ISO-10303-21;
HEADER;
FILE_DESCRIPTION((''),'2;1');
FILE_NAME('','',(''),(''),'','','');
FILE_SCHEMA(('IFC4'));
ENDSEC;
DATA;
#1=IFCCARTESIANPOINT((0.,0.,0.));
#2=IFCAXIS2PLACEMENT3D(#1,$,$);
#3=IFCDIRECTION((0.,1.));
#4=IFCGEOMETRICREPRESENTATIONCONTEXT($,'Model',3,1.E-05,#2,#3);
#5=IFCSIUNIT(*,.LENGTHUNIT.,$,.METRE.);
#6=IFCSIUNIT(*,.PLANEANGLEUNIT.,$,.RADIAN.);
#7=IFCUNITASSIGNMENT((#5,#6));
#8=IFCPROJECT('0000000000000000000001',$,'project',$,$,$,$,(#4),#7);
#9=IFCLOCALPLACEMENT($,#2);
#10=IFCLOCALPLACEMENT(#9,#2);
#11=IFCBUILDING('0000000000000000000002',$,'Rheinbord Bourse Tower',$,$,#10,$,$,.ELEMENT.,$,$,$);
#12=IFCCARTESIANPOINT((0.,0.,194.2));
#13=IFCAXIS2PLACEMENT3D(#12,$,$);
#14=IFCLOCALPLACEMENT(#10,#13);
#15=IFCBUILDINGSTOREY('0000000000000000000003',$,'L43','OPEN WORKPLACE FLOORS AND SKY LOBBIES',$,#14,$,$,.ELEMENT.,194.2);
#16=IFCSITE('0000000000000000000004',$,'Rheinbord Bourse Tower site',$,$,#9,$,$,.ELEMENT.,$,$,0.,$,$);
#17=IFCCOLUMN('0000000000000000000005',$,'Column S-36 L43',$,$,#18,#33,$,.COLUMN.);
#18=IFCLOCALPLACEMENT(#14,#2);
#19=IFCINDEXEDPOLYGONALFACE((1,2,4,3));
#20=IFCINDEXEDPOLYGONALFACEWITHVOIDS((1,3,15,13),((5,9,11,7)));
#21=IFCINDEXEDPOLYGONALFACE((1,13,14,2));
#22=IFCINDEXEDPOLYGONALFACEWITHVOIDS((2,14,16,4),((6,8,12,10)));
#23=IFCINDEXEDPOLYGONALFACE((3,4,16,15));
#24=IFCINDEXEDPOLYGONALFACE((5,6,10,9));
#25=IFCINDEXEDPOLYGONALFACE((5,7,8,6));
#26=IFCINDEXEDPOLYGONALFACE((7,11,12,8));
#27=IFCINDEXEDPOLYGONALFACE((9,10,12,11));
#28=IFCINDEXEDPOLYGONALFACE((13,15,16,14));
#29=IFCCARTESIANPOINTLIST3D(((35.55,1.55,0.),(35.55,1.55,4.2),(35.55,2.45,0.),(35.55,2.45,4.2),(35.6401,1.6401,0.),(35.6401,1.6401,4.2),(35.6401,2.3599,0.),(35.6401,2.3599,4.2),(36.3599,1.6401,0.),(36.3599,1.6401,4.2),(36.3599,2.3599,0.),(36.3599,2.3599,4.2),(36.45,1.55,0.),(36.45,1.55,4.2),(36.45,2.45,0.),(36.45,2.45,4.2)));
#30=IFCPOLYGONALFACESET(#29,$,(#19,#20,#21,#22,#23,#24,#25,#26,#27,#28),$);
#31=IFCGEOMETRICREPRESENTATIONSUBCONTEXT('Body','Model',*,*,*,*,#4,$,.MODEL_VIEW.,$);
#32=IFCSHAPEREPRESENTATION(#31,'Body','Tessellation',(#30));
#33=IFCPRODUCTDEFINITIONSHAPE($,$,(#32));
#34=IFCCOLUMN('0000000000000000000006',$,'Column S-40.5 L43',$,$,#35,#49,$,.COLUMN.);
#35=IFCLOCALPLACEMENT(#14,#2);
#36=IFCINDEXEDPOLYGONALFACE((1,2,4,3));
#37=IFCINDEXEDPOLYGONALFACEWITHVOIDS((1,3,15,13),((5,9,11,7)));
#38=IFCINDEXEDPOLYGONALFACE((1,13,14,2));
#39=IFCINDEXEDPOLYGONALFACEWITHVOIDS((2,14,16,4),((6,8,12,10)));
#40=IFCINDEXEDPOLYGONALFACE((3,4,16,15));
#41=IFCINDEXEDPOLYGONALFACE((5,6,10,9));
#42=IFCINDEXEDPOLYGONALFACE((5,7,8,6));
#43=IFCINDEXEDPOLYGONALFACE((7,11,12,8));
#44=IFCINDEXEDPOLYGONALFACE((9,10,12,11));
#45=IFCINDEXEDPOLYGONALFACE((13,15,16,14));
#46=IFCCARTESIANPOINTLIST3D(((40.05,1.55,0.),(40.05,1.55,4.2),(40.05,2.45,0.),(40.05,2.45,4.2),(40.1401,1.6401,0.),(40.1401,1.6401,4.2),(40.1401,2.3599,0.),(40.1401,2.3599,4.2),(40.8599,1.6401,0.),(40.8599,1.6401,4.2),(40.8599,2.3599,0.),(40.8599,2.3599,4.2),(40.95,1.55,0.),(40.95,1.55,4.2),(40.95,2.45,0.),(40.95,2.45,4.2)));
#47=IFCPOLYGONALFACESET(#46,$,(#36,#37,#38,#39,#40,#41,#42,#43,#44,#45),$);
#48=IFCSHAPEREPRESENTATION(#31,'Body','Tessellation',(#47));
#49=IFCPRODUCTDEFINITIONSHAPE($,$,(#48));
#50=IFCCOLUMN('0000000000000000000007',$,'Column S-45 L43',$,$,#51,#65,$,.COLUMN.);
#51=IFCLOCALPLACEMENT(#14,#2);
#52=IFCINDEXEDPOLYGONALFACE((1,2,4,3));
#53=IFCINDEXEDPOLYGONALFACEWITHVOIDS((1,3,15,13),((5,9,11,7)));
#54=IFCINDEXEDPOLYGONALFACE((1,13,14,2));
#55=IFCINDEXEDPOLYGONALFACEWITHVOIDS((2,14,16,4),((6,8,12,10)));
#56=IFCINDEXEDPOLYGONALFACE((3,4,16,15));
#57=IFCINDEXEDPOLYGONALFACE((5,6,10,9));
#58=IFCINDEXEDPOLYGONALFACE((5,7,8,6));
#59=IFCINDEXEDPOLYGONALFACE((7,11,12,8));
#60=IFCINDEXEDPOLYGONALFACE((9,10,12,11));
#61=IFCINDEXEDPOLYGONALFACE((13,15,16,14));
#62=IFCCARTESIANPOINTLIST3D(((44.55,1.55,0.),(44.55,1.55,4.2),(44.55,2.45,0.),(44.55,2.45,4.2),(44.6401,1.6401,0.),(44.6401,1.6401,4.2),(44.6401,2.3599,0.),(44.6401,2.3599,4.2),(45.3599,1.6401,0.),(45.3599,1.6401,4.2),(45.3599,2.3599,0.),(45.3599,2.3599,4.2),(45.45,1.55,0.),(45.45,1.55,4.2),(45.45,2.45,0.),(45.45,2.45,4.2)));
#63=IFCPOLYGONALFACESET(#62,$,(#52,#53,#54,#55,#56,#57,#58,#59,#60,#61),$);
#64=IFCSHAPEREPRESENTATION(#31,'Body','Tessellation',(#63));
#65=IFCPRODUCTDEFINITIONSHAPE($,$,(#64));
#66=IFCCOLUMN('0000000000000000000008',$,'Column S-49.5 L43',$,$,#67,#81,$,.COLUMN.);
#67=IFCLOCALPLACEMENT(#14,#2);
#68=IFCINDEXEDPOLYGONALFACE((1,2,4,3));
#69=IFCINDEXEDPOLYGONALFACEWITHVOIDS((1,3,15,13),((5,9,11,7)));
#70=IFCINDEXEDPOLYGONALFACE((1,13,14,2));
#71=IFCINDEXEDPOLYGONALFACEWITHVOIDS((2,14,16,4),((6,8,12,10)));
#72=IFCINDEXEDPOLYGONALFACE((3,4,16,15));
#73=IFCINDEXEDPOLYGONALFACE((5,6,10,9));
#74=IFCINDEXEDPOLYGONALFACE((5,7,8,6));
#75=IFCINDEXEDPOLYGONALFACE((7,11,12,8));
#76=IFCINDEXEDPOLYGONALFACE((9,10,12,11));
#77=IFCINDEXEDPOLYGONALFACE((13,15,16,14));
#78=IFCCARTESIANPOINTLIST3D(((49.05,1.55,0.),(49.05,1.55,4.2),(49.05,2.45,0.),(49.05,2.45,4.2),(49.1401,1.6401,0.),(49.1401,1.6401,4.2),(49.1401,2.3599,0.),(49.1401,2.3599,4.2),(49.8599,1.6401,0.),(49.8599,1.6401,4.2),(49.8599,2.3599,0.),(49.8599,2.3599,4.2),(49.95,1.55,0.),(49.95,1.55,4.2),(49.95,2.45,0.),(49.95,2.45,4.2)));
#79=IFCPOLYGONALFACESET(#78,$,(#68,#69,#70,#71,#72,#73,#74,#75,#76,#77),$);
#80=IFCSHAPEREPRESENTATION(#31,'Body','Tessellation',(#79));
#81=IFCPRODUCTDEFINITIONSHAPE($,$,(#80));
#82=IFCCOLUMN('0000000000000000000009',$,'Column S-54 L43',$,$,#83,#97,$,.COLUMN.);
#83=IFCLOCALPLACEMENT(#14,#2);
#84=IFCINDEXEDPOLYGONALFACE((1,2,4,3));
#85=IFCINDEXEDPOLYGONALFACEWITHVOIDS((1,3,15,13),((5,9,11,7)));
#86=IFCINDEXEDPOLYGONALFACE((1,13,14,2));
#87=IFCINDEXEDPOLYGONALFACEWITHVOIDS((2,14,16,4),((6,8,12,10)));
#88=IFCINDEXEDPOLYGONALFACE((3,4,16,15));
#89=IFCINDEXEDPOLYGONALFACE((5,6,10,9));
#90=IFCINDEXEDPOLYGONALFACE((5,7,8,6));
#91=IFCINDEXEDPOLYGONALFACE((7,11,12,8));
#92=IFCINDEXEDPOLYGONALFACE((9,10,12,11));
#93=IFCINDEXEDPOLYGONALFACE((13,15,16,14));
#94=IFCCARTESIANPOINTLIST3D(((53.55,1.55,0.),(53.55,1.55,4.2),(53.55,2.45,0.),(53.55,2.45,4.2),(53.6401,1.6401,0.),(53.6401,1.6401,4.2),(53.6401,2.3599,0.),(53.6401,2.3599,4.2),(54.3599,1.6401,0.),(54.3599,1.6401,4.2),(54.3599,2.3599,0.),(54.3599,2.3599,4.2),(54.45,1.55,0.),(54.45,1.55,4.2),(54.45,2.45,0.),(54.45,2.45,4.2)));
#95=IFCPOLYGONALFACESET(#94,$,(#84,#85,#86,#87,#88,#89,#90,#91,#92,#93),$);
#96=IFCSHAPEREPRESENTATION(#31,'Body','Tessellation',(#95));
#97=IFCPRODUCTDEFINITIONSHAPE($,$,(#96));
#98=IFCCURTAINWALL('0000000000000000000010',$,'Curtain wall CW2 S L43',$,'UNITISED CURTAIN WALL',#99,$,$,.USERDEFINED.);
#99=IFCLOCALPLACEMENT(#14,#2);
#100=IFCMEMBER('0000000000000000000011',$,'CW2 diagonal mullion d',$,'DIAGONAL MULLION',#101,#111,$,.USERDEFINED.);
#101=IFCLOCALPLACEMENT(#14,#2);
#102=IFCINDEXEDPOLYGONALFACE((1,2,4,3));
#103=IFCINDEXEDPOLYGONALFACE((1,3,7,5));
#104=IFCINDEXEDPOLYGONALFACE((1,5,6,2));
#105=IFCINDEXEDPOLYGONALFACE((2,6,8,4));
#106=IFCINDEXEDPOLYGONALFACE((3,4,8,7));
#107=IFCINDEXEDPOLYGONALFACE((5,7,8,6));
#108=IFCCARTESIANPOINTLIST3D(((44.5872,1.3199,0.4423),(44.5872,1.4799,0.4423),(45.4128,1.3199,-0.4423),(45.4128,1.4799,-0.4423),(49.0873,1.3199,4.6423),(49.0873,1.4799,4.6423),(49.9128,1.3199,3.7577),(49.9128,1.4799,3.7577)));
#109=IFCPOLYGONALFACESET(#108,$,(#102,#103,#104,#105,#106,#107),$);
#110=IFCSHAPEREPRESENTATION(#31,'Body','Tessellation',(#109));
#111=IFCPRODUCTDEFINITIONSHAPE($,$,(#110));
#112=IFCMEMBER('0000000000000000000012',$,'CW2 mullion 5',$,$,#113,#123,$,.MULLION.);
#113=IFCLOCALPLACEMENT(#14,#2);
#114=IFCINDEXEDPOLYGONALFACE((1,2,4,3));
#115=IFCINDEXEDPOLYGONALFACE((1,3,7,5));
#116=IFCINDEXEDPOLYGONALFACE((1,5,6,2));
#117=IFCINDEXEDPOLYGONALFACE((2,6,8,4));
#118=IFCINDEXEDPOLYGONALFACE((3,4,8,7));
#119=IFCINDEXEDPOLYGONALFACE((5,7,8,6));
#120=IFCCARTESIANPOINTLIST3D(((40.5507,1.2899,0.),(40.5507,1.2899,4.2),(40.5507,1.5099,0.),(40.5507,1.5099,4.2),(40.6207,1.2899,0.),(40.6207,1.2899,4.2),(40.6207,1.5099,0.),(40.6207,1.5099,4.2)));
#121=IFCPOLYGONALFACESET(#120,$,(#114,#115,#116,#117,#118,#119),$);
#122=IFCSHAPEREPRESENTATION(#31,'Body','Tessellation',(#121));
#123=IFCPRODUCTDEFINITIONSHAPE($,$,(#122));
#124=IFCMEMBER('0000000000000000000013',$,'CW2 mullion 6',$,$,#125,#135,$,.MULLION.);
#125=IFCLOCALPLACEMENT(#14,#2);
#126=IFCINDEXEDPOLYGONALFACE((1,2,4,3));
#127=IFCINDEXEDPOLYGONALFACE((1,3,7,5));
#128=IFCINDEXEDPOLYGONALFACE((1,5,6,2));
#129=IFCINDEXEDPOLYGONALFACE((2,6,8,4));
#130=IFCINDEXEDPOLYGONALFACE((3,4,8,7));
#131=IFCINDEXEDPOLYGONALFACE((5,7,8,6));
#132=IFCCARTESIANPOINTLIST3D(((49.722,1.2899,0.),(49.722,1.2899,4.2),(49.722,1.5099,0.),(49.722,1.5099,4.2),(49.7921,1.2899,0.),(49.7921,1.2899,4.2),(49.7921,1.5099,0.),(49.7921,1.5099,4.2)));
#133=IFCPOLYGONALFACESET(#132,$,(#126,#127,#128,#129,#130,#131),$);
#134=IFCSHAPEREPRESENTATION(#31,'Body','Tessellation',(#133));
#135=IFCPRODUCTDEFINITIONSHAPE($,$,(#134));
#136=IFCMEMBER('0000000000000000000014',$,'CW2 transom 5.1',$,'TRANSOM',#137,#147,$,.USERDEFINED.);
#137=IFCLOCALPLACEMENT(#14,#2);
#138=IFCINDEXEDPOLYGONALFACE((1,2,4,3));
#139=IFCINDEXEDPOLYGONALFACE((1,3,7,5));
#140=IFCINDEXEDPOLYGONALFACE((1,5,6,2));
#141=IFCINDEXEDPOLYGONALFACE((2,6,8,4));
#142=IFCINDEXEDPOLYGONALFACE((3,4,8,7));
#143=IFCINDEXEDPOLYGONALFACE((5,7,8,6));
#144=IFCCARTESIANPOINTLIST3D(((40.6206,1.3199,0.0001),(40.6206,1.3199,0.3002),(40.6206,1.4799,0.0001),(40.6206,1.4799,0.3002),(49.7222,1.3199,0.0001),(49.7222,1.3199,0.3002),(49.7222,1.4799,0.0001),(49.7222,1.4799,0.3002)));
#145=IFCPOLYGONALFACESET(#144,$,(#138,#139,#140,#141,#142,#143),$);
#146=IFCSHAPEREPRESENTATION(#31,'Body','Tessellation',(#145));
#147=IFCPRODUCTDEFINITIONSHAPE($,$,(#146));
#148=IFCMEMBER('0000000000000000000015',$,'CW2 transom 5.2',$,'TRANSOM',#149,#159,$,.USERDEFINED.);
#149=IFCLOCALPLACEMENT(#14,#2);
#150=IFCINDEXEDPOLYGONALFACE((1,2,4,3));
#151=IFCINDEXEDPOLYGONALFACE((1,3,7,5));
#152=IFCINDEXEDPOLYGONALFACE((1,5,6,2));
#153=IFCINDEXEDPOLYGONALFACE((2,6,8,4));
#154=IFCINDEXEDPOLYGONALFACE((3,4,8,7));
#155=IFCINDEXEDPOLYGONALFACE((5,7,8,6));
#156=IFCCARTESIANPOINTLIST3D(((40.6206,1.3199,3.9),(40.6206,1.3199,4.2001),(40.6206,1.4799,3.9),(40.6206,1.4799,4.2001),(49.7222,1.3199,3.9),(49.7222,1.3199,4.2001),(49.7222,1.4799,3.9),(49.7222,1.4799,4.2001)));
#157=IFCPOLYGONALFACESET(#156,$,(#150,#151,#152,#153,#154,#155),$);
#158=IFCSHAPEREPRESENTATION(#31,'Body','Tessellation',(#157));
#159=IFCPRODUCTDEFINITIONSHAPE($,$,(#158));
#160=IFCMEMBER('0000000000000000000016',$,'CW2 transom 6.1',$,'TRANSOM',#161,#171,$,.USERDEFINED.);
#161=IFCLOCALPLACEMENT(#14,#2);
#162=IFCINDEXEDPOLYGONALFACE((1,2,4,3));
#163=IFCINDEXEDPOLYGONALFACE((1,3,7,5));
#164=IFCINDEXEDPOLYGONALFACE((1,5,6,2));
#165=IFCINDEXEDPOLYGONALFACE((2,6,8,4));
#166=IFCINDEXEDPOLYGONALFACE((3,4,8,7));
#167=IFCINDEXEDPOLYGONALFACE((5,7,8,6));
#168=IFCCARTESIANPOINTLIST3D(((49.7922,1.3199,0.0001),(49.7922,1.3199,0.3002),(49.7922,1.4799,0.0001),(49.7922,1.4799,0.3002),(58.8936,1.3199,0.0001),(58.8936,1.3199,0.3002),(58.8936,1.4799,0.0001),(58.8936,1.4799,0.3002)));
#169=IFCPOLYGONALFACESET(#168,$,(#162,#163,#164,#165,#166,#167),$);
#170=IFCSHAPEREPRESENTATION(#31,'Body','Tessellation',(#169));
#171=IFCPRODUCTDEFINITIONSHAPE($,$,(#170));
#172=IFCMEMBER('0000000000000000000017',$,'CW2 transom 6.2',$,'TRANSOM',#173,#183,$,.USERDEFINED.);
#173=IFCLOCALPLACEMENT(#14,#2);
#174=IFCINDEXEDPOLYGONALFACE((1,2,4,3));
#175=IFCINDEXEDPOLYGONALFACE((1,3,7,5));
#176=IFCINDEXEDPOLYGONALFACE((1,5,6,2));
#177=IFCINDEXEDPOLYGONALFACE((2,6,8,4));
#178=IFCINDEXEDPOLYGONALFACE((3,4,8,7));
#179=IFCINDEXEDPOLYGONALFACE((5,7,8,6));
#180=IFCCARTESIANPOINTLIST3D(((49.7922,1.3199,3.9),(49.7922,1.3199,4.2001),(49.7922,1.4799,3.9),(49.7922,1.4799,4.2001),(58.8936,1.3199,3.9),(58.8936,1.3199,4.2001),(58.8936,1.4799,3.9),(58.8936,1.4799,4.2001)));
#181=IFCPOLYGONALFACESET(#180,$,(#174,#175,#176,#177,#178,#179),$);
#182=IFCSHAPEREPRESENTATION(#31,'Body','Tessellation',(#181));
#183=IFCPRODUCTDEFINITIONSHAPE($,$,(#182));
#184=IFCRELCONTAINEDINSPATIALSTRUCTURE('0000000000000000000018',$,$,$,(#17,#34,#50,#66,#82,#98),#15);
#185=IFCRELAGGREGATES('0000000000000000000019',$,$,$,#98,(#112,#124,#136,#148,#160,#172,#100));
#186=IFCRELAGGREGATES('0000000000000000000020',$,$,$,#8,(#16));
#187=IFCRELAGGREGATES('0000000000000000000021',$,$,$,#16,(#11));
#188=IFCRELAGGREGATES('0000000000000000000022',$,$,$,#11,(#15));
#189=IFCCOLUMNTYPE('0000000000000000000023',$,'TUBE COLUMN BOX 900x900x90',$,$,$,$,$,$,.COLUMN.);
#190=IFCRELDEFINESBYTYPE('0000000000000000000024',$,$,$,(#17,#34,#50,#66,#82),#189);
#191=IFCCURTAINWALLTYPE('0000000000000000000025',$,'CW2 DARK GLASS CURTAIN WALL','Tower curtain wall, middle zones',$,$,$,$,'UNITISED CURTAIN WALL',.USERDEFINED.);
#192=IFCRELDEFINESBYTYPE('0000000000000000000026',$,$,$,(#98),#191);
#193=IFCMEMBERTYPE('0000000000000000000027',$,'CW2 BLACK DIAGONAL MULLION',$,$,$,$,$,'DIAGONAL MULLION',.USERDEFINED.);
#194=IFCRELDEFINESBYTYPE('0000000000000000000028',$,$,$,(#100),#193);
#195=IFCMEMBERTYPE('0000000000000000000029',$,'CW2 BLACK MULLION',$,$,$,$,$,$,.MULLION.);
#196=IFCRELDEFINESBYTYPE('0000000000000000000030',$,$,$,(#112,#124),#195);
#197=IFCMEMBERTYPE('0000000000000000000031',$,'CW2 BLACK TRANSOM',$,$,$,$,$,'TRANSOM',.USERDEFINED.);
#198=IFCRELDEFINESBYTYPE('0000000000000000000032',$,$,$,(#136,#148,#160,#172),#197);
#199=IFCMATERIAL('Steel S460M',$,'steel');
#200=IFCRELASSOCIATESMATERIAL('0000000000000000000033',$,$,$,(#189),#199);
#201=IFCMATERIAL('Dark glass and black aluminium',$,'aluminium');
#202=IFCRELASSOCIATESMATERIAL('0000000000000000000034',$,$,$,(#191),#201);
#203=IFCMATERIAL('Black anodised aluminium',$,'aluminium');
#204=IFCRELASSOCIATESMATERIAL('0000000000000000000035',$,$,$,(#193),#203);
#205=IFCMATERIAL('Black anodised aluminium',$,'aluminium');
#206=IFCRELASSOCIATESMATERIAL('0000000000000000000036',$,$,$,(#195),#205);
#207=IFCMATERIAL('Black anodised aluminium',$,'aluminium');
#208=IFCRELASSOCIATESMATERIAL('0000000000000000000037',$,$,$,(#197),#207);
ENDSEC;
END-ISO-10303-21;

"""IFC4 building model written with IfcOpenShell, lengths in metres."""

from ifc_helpers import new_model, si_unit, direction, frame, origin, origin_2d, place, context, subcontext, project, spatial, rectangle, hollow_rectangle, extrude, material, material_profile, profile_set, type_object, element, aggregate, save


model = new_model("IFC4")

# Units and contexts
model_context = context("Model", 3, precision=1e-05, world=origin(), true_north=direction((0.0, 1.0)))
body_context = subcontext(model_context, "Body", "Model", "MODEL_VIEW")
ifc_project = project(units=[si_unit("LENGTHUNIT", "METRE"), si_unit("PLANEANGLEUNIT", "RADIAN")], contexts=[model_context])

# Site, building, storey
site_placement = place(None, origin())
site = spatial("IfcSite", under=ifc_project, at=site_placement, Name="Rheinbord Bourse Tower site", CompositionType="ELEMENT", RefElevation=0.0)
building_placement = place(site_placement, origin())
building = spatial("IfcBuilding", under=site, at=building_placement, Name="Rheinbord Bourse Tower", CompositionType="ELEMENT")
storey_placement = place(building_placement, frame((0.0, 0.0, 194.2)))
storey = spatial("IfcBuildingStorey", under=building, at=storey_placement, Name="L43", Description="OPEN WORKPLACE FLOORS AND SKY LOBBIES", CompositionType="ELEMENT", Elevation=194.2)

# Columns
ifc_material_1 = material(Name="Steel S460M", Category="steel")
ifc_material_profile_1 = material_profile(ifc_material_1, hollow_rectangle(XDim=0.8999, YDim=0.8999, WallThickness=0.0901, at=origin_2d()), Name="BOX 900x900x90")
ifc_profile_set_1 = profile_set([ifc_material_profile_1], Name="Steel S460M")
column_type = type_object("IfcColumnType", Name="TUBE COLUMN BOX 900x900x90", PredefinedType="COLUMN", material=ifc_profile_set_1)
for number, where, z_axis, x_axis, name in (
    (1, (36.0, 2.0, 0.0), (0.0, 0.0, 1.0), (0.0, 1.0, 0.0), "Column S-36 L43"),
    (2, (40.5, 2.0, 0.0), (0.0, 0.0, 1.0), (0.0, 1.0, 0.0), "Column S-40.5 L43"),
    (3, (45.0, 2.0, 0.0), (0.0, 0.0, 1.0), (0.0, 1.0, 0.0), "Column S-45 L43"),
    (4, (49.5, 2.0, 0.0), (0.0, 0.0, 1.0), (0.0, 1.0, 0.0), "Column S-49.5 L43"),
    (5, (54.0, 2.0, 0.0), (0.0, 0.0, 1.0), (0.0, 1.0, 0.0), "Column S-54 L43"),
):
    element("IfcColumn", number, at=place(storey_placement, frame(where, z_axis=z_axis, x_axis=x_axis)), inside=storey, type_object=column_type, Name=name, PredefinedType="COLUMN", context=body_context, shape_type="SweptSolid", body=[
        extrude(hollow_rectangle(XDim=0.8999, YDim=0.8999, WallThickness=0.0901, at=origin_2d()), origin(), (0.0, 0.0, 1.0), 4.2),
    ])

# Curtain wall, members
ifc_material_2 = material(Name="Dark glass and black aluminium", Category="aluminium")
curtain_wall_type = type_object("IfcCurtainWallType", Name="CW2 DARK GLASS CURTAIN WALL", Description="Tower curtain wall, middle zones", ElementType="UNITISED CURTAIN WALL", PredefinedType="USERDEFINED", material=ifc_material_2)
curtain_wall_placement = place(storey_placement, origin())
curtain_wall = element("IfcCurtainWall", 6, at=curtain_wall_placement, inside=storey, type_object=curtain_wall_type, Name="Curtain wall CW2 S L43", ObjectType="UNITISED CURTAIN WALL", PredefinedType="USERDEFINED")
ifc_material_3 = material(Name="Black anodised aluminium", Category="aluminium")
ifc_material_profile_2 = material_profile(ifc_material_3, rectangle(XDim=0.1599, YDim=1.21, at=origin_2d()), Name="CW2 DIAGONAL MULLION 1210x160")
ifc_profile_set_2 = profile_set([ifc_material_profile_2], Name="Black anodised aluminium")
member_type_1 = type_object("IfcMemberType", Name="CW2 BLACK DIAGONAL MULLION", ElementType="DIAGONAL MULLION", PredefinedType="USERDEFINED", material=ifc_profile_set_2)
member_1_placement = place(storey_placement, frame((45.0, 1.3999, 0.0), z_axis=(0.731059, 0.0, 0.682314), x_axis=(0.0, 1.0, 0.0)))
member_1 = element("IfcMember", 7, at=member_1_placement, type_object=member_type_1, Name="CW2 diagonal mullion d", ObjectType="DIAGONAL MULLION", PredefinedType="USERDEFINED", context=body_context, shape_type="SweptSolid", body=[
    extrude(rectangle(XDim=0.1599, YDim=1.21, at=origin_2d()), origin(), (0.0, 0.0, 1.0), 6.1555),
])
ifc_material_4 = material(Name="Black anodised aluminium", Category="aluminium")
ifc_material_profile_3 = material_profile(ifc_material_4, rectangle(XDim=0.22, YDim=0.0701, at=origin_2d()), Name="CW2 MULLION 70x220")
ifc_profile_set_3 = profile_set([ifc_material_profile_3], Name="Black anodised aluminium")
member_type_2 = type_object("IfcMemberType", Name="CW2 BLACK MULLION", PredefinedType="MULLION", material=ifc_profile_set_3)
member_2_placement = place(storey_placement, frame((40.5857, 1.3999, 0.0), z_axis=(0.0, 0.0, 1.0), x_axis=(0.0, 1.0, 0.0)))
member_2 = element("IfcMember", 8, at=member_2_placement, type_object=member_type_2, Name="CW2 mullion 5", PredefinedType="MULLION", context=body_context, shape_type="SweptSolid", body=[
    extrude(rectangle(XDim=0.22, YDim=0.0701, at=origin_2d()), origin(), (0.0, 0.0, 1.0), 4.2),
])
member_3_placement = place(storey_placement, frame((49.7571, 1.3999, 0.0), z_axis=(0.0, 0.0, 1.0), x_axis=(0.0, 1.0, 0.0)))
member_3 = element("IfcMember", 9, at=member_3_placement, type_object=member_type_2, Name="CW2 mullion 6", PredefinedType="MULLION", context=body_context, shape_type="SweptSolid", body=[
    extrude(rectangle(XDim=0.22, YDim=0.0701, at=origin_2d()), origin(), (0.0, 0.0, 1.0), 4.2),
])
ifc_material_5 = material(Name="Black anodised aluminium", Category="aluminium")
ifc_material_profile_4 = material_profile(ifc_material_5, rectangle(XDim=0.1599, YDim=0.3, at=origin_2d()), Name="CW2 TRANSOM 300x160")
ifc_profile_set_4 = profile_set([ifc_material_profile_4], Name="Black anodised aluminium")
member_type_3 = type_object("IfcMemberType", Name="CW2 BLACK TRANSOM", ElementType="TRANSOM", PredefinedType="USERDEFINED", material=ifc_profile_set_4)
member_4_placement = place(storey_placement, frame((40.6206, 1.3999, 0.1501), z_axis=(1.0, 0.0, 0.0), x_axis=(0.0, 1.0, 0.0)))
member_4 = element("IfcMember", 10, at=member_4_placement, type_object=member_type_3, Name="CW2 transom 5.1", ObjectType="TRANSOM", PredefinedType="USERDEFINED", context=body_context, shape_type="SweptSolid", body=[
    extrude(rectangle(XDim=0.1599, YDim=0.3, at=origin_2d()), origin(), (0.0, 0.0, 1.0), 9.1016),
])
member_5_placement = place(storey_placement, frame((40.6206, 1.3999, 4.05), z_axis=(1.0, 0.0, 0.0), x_axis=(0.0, 1.0, 0.0)))
member_5 = element("IfcMember", 11, at=member_5_placement, type_object=member_type_3, Name="CW2 transom 5.2", ObjectType="TRANSOM", PredefinedType="USERDEFINED", context=body_context, shape_type="SweptSolid", body=[
    extrude(rectangle(XDim=0.1599, YDim=0.3, at=origin_2d()), origin(), (0.0, 0.0, 1.0), 9.1016),
])
member_6_placement = place(storey_placement, frame((49.7922, 1.3999, 0.1501), z_axis=(1.0, 0.0, 0.0), x_axis=(0.0, 1.0, 0.0)))
member_6 = element("IfcMember", 12, at=member_6_placement, type_object=member_type_3, Name="CW2 transom 6.1", ObjectType="TRANSOM", PredefinedType="USERDEFINED", context=body_context, shape_type="SweptSolid", body=[
    extrude(rectangle(XDim=0.1599, YDim=0.3, at=origin_2d()), origin(), (0.0, 0.0, 1.0), 9.1013),
])
member_7_placement = place(storey_placement, frame((49.7922, 1.3999, 4.05), z_axis=(1.0, 0.0, 0.0), x_axis=(0.0, 1.0, 0.0)))
member_7 = element("IfcMember", 13, at=member_7_placement, type_object=member_type_3, Name="CW2 transom 6.2", ObjectType="TRANSOM", PredefinedType="USERDEFINED", context=body_context, shape_type="SweptSolid", body=[
    extrude(rectangle(XDim=0.1599, YDim=0.3, at=origin_2d()), origin(), (0.0, 0.0, 1.0), 9.1013),
])

aggregate(curtain_wall, [member_2, member_3, member_4, member_5, member_6, member_7, member_1])

save(model, "model.ifc")
